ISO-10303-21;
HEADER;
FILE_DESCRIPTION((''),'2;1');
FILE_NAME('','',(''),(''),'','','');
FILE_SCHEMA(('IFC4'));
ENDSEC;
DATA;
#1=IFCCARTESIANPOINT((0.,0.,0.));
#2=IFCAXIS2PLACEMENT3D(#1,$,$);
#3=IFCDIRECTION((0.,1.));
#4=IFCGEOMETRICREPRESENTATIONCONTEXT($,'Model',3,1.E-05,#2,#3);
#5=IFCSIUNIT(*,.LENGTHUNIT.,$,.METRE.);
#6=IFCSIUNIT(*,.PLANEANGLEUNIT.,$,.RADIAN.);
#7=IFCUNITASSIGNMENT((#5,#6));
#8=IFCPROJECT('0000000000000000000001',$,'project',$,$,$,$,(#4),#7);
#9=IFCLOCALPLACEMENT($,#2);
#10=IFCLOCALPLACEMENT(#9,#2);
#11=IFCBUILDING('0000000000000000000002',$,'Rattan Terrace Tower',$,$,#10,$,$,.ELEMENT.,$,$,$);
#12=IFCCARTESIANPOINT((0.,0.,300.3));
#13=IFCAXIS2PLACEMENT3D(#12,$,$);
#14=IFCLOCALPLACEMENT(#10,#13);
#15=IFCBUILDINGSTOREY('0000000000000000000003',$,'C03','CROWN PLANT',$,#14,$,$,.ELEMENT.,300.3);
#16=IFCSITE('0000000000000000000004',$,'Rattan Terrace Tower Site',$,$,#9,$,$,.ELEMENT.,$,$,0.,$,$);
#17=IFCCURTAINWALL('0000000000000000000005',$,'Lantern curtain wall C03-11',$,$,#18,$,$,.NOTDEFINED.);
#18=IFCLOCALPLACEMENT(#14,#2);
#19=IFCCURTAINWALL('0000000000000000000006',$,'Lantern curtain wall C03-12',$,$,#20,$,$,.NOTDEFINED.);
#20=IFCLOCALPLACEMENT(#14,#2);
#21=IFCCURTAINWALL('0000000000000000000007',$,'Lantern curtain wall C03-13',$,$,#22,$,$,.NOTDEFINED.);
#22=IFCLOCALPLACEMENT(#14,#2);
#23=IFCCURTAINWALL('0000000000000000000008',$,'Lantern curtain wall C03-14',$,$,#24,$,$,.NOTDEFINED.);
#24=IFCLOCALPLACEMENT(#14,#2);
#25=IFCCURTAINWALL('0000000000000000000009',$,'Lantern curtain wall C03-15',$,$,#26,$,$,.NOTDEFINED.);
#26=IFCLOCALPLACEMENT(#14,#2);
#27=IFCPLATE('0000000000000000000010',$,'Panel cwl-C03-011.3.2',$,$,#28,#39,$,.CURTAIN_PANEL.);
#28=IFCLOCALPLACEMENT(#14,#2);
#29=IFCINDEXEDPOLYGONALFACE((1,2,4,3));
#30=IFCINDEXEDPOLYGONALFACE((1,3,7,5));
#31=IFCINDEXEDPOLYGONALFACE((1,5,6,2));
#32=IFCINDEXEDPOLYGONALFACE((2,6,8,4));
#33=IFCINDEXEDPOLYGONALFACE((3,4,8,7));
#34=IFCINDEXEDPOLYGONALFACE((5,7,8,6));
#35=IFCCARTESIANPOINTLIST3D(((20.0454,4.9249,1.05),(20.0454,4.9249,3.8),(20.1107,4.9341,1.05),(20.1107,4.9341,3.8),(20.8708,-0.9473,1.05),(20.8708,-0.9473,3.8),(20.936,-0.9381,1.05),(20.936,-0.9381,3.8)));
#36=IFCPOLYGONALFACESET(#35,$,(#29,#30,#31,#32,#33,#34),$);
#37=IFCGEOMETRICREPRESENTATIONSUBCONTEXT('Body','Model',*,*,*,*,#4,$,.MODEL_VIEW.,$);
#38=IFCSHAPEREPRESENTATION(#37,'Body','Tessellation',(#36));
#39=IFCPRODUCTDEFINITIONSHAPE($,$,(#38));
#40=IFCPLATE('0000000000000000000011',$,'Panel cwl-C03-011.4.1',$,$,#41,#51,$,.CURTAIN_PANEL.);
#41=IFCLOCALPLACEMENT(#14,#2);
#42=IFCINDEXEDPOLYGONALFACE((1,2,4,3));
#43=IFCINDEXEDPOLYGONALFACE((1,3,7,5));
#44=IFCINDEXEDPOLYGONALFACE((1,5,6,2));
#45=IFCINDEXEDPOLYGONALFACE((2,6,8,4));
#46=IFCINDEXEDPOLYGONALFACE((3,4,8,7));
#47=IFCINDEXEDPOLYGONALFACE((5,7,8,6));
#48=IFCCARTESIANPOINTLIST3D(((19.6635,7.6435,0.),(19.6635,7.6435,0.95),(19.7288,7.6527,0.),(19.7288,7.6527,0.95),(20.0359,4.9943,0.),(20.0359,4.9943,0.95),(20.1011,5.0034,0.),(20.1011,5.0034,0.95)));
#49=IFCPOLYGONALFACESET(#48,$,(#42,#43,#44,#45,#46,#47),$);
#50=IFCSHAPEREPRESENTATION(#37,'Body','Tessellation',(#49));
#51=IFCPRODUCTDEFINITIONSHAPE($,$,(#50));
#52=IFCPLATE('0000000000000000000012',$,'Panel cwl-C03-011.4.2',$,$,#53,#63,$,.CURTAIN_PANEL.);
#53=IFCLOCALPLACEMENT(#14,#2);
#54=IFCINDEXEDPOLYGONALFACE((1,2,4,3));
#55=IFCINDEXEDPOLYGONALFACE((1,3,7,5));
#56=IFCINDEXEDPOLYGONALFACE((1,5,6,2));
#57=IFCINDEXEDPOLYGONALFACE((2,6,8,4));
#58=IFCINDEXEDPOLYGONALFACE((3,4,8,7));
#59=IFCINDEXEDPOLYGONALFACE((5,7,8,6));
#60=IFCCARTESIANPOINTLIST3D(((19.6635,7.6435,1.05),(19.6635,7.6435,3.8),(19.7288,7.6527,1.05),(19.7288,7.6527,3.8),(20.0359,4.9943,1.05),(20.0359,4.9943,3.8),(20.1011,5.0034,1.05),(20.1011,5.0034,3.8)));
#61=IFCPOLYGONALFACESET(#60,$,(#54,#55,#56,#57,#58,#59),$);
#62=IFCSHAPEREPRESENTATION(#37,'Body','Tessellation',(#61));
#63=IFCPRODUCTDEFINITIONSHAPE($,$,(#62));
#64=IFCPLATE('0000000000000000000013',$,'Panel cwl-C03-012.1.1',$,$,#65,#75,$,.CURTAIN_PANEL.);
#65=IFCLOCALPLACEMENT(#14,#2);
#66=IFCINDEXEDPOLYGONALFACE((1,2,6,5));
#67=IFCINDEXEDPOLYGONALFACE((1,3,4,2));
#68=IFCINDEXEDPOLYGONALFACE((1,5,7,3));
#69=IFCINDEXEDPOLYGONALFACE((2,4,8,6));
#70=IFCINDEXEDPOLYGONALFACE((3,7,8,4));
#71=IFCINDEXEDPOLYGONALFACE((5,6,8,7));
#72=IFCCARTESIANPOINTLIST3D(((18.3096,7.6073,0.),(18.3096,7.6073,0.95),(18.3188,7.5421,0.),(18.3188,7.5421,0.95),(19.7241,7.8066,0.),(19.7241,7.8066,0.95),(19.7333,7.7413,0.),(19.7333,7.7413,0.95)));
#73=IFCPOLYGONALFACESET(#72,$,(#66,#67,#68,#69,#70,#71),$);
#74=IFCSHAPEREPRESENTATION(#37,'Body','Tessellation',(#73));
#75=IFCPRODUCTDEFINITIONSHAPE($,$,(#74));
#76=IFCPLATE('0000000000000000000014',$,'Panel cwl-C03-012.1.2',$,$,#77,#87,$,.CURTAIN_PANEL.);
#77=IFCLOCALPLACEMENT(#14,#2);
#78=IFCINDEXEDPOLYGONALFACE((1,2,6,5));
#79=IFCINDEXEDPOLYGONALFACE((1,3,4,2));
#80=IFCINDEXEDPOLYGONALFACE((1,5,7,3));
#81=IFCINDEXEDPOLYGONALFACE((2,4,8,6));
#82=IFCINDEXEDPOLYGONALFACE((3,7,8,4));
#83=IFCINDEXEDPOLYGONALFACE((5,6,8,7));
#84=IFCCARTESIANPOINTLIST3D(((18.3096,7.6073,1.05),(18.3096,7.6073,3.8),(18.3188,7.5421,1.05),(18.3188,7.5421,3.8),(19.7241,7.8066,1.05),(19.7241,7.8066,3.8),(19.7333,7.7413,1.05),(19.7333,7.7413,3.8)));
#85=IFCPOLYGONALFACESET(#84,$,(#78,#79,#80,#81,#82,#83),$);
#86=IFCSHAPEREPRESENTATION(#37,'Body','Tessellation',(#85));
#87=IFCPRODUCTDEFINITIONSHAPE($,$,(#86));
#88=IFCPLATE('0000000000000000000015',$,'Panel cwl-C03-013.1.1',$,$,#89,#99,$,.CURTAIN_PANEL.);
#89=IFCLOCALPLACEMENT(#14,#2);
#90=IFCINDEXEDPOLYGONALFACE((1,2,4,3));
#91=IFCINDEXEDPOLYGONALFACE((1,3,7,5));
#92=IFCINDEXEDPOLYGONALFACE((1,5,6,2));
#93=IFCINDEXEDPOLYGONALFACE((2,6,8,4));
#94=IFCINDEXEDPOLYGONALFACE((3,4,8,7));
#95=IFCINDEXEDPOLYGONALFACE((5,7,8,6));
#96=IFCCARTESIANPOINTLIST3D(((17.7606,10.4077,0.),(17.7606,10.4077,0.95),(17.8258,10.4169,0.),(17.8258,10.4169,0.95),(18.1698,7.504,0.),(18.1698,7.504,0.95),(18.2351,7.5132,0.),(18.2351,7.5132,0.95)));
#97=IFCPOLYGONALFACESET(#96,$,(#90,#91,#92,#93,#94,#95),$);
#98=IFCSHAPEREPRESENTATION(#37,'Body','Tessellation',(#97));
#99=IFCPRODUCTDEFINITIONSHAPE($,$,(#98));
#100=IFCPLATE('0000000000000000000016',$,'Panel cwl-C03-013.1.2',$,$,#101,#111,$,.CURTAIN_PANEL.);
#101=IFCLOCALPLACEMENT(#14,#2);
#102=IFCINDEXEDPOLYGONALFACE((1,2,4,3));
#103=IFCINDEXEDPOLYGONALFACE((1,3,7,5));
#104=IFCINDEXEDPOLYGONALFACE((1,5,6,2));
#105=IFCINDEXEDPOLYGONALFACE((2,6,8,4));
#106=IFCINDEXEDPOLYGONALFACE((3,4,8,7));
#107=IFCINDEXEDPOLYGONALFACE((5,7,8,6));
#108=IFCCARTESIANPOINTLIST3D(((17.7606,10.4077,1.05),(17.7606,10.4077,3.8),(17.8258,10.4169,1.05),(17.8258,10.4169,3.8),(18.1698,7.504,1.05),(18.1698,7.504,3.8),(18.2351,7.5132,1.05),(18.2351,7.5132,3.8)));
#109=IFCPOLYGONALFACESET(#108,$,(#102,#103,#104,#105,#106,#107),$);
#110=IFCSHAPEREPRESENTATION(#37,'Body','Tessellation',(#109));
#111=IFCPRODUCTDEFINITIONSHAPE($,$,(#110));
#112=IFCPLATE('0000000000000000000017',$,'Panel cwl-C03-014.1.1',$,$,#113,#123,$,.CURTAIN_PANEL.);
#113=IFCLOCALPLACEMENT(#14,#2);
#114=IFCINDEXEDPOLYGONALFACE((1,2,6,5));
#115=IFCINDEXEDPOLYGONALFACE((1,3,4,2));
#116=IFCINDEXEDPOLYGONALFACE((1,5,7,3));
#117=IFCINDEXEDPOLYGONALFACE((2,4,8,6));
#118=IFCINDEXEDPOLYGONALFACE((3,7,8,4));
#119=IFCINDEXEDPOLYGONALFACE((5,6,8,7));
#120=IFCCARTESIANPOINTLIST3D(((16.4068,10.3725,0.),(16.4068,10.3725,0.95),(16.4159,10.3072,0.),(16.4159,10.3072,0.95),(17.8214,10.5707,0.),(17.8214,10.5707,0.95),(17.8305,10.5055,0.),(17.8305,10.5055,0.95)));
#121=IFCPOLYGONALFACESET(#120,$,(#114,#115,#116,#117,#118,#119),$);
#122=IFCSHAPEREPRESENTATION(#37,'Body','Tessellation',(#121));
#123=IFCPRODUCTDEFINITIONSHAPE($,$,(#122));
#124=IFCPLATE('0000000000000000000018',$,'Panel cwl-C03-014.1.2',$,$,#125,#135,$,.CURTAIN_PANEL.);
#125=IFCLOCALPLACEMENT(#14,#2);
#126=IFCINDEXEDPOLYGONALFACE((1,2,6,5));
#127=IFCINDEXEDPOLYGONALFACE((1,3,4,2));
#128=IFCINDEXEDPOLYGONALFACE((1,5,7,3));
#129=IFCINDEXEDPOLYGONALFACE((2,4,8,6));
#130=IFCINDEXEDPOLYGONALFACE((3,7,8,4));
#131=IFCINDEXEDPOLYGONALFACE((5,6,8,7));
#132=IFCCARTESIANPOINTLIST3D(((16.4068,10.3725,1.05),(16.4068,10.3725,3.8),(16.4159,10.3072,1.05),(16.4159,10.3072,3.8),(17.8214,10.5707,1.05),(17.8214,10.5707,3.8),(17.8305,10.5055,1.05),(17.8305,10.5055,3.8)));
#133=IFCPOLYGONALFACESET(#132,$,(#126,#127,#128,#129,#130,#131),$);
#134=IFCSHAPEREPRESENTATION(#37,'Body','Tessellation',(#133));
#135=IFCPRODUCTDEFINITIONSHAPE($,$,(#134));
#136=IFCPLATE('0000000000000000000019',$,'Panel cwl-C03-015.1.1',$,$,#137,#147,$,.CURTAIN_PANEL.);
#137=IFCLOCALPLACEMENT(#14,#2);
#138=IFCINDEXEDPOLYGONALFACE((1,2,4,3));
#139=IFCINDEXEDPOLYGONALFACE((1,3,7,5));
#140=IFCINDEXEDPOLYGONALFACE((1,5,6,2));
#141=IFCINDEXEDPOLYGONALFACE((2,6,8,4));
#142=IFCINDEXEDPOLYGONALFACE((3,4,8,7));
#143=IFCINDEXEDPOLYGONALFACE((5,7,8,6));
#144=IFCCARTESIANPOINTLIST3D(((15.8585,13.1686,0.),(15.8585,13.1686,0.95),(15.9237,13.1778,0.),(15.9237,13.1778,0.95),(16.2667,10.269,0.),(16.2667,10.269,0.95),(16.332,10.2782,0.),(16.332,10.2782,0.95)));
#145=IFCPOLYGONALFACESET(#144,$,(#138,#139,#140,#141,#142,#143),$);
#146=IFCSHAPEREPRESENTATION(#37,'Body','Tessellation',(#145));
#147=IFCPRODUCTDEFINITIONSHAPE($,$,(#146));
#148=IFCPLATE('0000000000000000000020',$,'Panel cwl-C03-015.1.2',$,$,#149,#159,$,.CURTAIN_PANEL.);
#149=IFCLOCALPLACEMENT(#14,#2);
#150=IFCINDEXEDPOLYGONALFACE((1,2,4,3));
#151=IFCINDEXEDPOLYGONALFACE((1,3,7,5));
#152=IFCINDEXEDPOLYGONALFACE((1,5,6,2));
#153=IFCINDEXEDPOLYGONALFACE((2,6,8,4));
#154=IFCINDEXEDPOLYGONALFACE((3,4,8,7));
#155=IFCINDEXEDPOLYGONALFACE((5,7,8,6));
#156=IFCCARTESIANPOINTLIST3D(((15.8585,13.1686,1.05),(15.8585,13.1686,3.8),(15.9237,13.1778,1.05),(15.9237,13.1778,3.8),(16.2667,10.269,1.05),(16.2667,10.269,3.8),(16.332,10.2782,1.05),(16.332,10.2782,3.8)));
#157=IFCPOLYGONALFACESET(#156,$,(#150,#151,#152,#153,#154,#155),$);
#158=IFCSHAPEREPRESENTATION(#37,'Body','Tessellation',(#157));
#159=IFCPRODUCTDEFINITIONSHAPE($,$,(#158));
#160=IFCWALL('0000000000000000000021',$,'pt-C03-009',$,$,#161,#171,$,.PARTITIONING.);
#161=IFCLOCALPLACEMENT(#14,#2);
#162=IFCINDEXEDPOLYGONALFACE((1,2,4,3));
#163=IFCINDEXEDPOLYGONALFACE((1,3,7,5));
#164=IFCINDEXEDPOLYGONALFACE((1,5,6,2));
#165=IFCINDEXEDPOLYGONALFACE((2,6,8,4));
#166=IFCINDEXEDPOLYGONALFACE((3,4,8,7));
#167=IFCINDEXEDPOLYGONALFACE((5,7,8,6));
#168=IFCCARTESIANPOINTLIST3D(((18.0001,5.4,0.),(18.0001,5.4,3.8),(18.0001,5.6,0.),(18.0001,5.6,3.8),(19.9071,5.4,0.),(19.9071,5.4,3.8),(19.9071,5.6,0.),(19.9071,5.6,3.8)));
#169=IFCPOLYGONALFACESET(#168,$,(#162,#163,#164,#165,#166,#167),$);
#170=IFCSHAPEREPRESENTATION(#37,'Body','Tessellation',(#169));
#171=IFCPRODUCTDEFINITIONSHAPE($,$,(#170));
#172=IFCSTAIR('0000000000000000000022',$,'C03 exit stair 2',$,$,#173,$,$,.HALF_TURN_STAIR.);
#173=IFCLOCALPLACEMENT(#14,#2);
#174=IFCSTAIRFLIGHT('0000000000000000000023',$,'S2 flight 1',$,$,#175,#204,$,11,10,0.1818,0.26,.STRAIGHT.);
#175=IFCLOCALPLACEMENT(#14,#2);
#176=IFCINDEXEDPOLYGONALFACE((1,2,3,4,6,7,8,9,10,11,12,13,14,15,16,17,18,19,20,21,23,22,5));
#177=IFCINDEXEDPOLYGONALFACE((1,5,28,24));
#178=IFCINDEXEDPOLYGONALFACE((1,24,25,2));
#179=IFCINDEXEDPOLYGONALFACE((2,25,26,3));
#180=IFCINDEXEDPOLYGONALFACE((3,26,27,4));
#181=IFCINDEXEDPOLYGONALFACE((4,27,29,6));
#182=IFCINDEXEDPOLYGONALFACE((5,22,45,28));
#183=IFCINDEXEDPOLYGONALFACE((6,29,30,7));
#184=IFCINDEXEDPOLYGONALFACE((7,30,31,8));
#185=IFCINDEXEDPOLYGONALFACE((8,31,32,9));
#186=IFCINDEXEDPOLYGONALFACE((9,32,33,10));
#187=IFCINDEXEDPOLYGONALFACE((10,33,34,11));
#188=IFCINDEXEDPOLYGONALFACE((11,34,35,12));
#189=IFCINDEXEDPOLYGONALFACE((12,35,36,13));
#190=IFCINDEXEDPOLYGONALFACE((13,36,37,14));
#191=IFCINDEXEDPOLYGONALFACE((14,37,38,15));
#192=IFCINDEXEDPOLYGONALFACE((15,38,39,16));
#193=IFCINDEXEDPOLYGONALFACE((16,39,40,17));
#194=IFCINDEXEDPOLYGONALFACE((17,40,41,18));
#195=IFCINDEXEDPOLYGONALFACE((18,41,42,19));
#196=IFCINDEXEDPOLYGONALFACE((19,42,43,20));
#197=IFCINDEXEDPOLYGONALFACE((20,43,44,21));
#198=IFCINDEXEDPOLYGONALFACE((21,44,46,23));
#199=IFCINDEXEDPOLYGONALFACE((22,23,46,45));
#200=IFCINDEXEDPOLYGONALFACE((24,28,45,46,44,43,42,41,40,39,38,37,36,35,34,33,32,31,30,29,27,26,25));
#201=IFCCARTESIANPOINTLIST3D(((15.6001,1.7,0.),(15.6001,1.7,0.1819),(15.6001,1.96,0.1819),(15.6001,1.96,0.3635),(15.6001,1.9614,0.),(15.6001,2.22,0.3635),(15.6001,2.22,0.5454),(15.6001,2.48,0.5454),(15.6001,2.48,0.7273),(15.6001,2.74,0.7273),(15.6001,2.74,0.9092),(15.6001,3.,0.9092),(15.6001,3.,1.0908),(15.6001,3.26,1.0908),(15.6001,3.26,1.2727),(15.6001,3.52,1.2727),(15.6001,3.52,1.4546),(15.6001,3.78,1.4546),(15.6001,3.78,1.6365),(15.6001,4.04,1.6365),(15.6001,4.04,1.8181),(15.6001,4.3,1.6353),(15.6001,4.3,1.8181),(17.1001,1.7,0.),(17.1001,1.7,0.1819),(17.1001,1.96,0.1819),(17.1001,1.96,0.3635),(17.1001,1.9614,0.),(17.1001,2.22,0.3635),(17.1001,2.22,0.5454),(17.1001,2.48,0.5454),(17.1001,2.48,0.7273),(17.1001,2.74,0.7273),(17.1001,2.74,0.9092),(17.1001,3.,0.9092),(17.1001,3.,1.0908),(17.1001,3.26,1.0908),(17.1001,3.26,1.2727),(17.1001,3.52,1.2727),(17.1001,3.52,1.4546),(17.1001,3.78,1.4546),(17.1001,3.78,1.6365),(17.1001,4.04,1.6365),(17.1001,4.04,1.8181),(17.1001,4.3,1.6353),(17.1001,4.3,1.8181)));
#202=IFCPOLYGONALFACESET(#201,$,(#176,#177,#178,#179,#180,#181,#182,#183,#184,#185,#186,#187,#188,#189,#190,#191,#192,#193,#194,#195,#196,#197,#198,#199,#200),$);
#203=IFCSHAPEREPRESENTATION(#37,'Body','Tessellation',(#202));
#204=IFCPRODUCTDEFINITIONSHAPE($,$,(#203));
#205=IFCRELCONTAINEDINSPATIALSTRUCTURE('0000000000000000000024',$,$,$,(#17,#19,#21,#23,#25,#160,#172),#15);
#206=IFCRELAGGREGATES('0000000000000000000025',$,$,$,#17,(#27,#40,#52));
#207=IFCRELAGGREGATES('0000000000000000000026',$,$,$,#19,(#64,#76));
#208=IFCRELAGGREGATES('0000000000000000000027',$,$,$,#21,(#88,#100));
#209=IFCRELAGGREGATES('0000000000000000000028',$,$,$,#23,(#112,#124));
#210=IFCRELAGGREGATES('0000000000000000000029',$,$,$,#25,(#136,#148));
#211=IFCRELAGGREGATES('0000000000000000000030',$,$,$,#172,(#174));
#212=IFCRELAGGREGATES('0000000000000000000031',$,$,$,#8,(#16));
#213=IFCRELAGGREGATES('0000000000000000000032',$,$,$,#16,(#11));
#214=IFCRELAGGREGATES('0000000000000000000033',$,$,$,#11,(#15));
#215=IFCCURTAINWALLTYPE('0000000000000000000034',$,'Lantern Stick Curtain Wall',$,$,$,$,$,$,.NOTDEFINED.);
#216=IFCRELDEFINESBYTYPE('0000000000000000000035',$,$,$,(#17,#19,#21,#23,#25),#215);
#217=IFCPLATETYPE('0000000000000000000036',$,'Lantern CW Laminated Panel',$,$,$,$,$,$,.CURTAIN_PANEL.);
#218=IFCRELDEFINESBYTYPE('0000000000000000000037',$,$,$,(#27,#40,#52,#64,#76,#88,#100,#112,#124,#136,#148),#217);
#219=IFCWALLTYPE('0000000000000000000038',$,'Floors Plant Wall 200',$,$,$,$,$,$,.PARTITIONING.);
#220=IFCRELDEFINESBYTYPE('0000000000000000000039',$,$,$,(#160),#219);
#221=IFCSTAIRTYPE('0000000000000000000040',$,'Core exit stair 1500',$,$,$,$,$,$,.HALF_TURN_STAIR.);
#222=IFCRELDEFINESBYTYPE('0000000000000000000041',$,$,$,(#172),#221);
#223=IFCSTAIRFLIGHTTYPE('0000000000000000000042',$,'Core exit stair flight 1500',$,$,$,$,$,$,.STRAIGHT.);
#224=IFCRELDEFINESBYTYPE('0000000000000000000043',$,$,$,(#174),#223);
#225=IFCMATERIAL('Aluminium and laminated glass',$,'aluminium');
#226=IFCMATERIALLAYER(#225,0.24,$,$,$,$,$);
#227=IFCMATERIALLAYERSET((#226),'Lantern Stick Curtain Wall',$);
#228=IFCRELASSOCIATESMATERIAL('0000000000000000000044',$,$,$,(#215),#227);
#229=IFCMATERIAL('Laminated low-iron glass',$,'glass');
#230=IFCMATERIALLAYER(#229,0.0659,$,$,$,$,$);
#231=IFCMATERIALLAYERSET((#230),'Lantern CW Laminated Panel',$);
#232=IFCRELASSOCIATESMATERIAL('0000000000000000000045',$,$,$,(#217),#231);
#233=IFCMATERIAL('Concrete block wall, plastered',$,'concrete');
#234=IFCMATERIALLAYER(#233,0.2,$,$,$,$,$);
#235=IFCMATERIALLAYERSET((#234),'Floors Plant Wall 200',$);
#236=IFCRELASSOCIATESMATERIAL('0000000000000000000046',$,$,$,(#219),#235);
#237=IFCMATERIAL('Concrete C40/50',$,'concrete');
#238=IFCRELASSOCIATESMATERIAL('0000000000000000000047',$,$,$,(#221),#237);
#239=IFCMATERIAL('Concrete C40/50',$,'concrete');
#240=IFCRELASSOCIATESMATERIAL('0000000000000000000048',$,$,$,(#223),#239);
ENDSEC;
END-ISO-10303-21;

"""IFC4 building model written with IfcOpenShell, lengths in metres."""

from ifc_helpers import new_model, si_unit, direction, frame, frame_2d, origin, origin_2d, place, context, subcontext, project, spatial, polyline, rectangle, outline, extrude, material, layer, layer_set, type_object, element, aggregate, save


model = new_model("IFC4")

# Units and contexts
model_context = context("Model", 3, precision=1e-05, world=origin(), true_north=direction((0.0, 1.0)))
body_context = subcontext(model_context, "Body", "Model", "MODEL_VIEW")
ifc_project = project(units=[si_unit("LENGTHUNIT", "METRE"), si_unit("PLANEANGLEUNIT", "RADIAN")], contexts=[model_context])

# Site, building, storey
site_placement = place(None, origin())
site = spatial("IfcSite", under=ifc_project, at=site_placement, Name="Rattan Terrace Tower Site", CompositionType="ELEMENT", RefElevation=0.0)
building_placement = place(site_placement, origin())
building = spatial("IfcBuilding", under=site, at=building_placement, Name="Rattan Terrace Tower", CompositionType="ELEMENT")
storey_placement = place(building_placement, frame((0.0, 0.0, 300.3)))
storey = spatial("IfcBuildingStorey", under=building, at=storey_placement, Name="C03", Description="CROWN PLANT", CompositionType="ELEMENT", Elevation=300.3)

# Curtain walls
ifc_material_1 = material(Name="Aluminium and laminated glass", Category="aluminium")
ifc_layer_1 = layer(ifc_material_1, 0.24)
ifc_layer_set_1 = layer_set([ifc_layer_1], Name="Lantern Stick Curtain Wall")
curtain_wall_type = type_object("IfcCurtainWallType", Name="Lantern Stick Curtain Wall", PredefinedType="NOTDEFINED", material=ifc_layer_set_1)
curtain_wall_1_placement = place(storey_placement, origin())
curtain_wall_1 = element("IfcCurtainWall", 1, at=curtain_wall_1_placement, inside=storey, type_object=curtain_wall_type, Name="Lantern curtain wall C03-11", PredefinedType="NOTDEFINED")
curtain_wall_2_placement = place(storey_placement, origin())
curtain_wall_2 = element("IfcCurtainWall", 2, at=curtain_wall_2_placement, inside=storey, type_object=curtain_wall_type, Name="Lantern curtain wall C03-12", PredefinedType="NOTDEFINED")
curtain_wall_3_placement = place(storey_placement, origin())
curtain_wall_3 = element("IfcCurtainWall", 3, at=curtain_wall_3_placement, inside=storey, type_object=curtain_wall_type, Name="Lantern curtain wall C03-13", PredefinedType="NOTDEFINED")
curtain_wall_4_placement = place(storey_placement, origin())
curtain_wall_4 = element("IfcCurtainWall", 4, at=curtain_wall_4_placement, inside=storey, type_object=curtain_wall_type, Name="Lantern curtain wall C03-14", PredefinedType="NOTDEFINED")
curtain_wall_5_placement = place(storey_placement, origin())
curtain_wall_5 = element("IfcCurtainWall", 5, at=curtain_wall_5_placement, inside=storey, type_object=curtain_wall_type, Name="Lantern curtain wall C03-15", PredefinedType="NOTDEFINED")

# Plates
ifc_material_2 = material(Name="Laminated low-iron glass", Category="glass")
ifc_layer_2 = layer(ifc_material_2, 0.0659)
ifc_layer_set_2 = layer_set([ifc_layer_2], Name="Lantern CW Laminated Panel")
plate_type = type_object("IfcPlateType", Name="Lantern CW Laminated Panel", PredefinedType="CURTAIN_PANEL", material=ifc_layer_set_2)
plate_1_placement = place(storey_placement, frame((20.4907, 1.9934, 1.05), z_axis=(0.0, 0.0, 1.0), x_axis=(-0.139188, 0.990266, 0.0)))
plate_1 = element("IfcPlate", 6, at=plate_1_placement, type_object=plate_type, Name="Panel cwl-C03-011.3.2", PredefinedType="CURTAIN_PANEL", context=body_context, shape_type="SweptSolid", body=[
    extrude(rectangle(XDim=5.9299, YDim=0.0659, at=origin_2d()), origin(), (0.0, 0.0, 1.0), 2.75),
])
plate_2_placement = place(storey_placement, frame((19.8823, 6.3235, 0.0), z_axis=(0.0, 0.0, 1.0), x_axis=(-0.139188, 0.990266, 0.0)))
plate_2 = element("IfcPlate", 7, at=plate_2_placement, type_object=plate_type, Name="Panel cwl-C03-011.4.1", PredefinedType="CURTAIN_PANEL", context=body_context, shape_type="SweptSolid", body=[
    extrude(rectangle(XDim=2.6753, YDim=0.0659, at=origin_2d()), origin(), (0.0, 0.0, 1.0), 0.95),
])
plate_3_placement = place(storey_placement, frame((19.8823, 6.3235, 1.05), z_axis=(0.0, 0.0, 1.0), x_axis=(-0.139188, 0.990266, 0.0)))
plate_3 = element("IfcPlate", 8, at=plate_3_placement, type_object=plate_type, Name="Panel cwl-C03-011.4.2", PredefinedType="CURTAIN_PANEL", context=body_context, shape_type="SweptSolid", body=[
    extrude(rectangle(XDim=2.6753, YDim=0.0659, at=origin_2d()), origin(), (0.0, 0.0, 1.0), 2.75),
])
aggregate(curtain_wall_1, [plate_1, plate_2, plate_3])
plate_4_placement = place(storey_placement, frame((19.0215, 7.6743, 0.0), z_axis=(0.0, 0.0, 1.0), x_axis=(-0.990228, -0.139459, 0.0)))
plate_4 = element("IfcPlate", 9, at=plate_4_placement, type_object=plate_type, Name="Panel cwl-C03-012.1.1", PredefinedType="CURTAIN_PANEL", context=body_context, shape_type="SweptSolid", body=[
    extrude(rectangle(XDim=1.4285, YDim=0.0659, at=origin_2d()), origin(), (0.0, 0.0, 1.0), 0.95),
])
plate_5_placement = place(storey_placement, frame((19.0215, 7.6743, 1.05), z_axis=(0.0, 0.0, 1.0), x_axis=(-0.990228, -0.139459, 0.0)))
plate_5 = element("IfcPlate", 10, at=plate_5_placement, type_object=plate_type, Name="Panel cwl-C03-012.1.2", PredefinedType="CURTAIN_PANEL", context=body_context, shape_type="SweptSolid", body=[
    extrude(rectangle(XDim=1.4285, YDim=0.0659, at=origin_2d()), origin(), (0.0, 0.0, 1.0), 2.75),
])
aggregate(curtain_wall_2, [plate_4, plate_5])
plate_6_placement = place(storey_placement, frame((17.9978, 8.9604, 0.0), z_axis=(0.0, 0.0, 1.0), x_axis=(-0.139556, 0.990214, 0.0)))
plate_6 = element("IfcPlate", 11, at=plate_6_placement, type_object=plate_type, Name="Panel cwl-C03-013.1.1", PredefinedType="CURTAIN_PANEL", context=body_context, shape_type="SweptSolid", body=[
    extrude(rectangle(XDim=2.9324, YDim=0.0659, at=origin_2d()), origin(), (0.0, 0.0, 1.0), 0.95),
])
plate_7_placement = place(storey_placement, frame((17.9978, 8.9604, 1.05), z_axis=(0.0, 0.0, 1.0), x_axis=(-0.139556, 0.990214, 0.0)))
plate_7 = element("IfcPlate", 12, at=plate_7_placement, type_object=plate_type, Name="Panel cwl-C03-013.1.2", PredefinedType="CURTAIN_PANEL", context=body_context, shape_type="SweptSolid", body=[
    extrude(rectangle(XDim=2.9324, YDim=0.0659, at=origin_2d()), origin(), (0.0, 0.0, 1.0), 2.75),
])
aggregate(curtain_wall_3, [plate_6, plate_7])
plate_8_placement = place(storey_placement, frame((17.1187, 10.439, 0.0), z_axis=(0.0, 0.0, 1.0), x_axis=(-0.99032, -0.138805, 0.0)))
plate_8 = element("IfcPlate", 13, at=plate_8_placement, type_object=plate_type, Name="Panel cwl-C03-014.1.1", PredefinedType="CURTAIN_PANEL", context=body_context, shape_type="SweptSolid", body=[
    extrude(rectangle(XDim=1.4285, YDim=0.0659, at=origin_2d()), origin(), (0.0, 0.0, 1.0), 0.95),
])
plate_9_placement = place(storey_placement, frame((17.1187, 10.439, 1.05), z_axis=(0.0, 0.0, 1.0), x_axis=(-0.99032, -0.138805, 0.0)))
plate_9 = element("IfcPlate", 14, at=plate_9_placement, type_object=plate_type, Name="Panel cwl-C03-014.1.2", PredefinedType="CURTAIN_PANEL", context=body_context, shape_type="SweptSolid", body=[
    extrude(rectangle(XDim=1.4285, YDim=0.0659, at=origin_2d()), origin(), (0.0, 0.0, 1.0), 2.75),
])
aggregate(curtain_wall_4, [plate_8, plate_9])
plate_10_placement = place(storey_placement, frame((16.0952, 11.7234, 0.0), z_axis=(0.0, 0.0, 1.0), x_axis=(-0.139413, 0.990234, 0.0)))
plate_10 = element("IfcPlate", 15, at=plate_10_placement, type_object=plate_type, Name="Panel cwl-C03-015.1.1", PredefinedType="CURTAIN_PANEL", context=body_context, shape_type="SweptSolid", body=[
    extrude(rectangle(XDim=2.9282, YDim=0.0659, at=origin_2d()), origin(), (0.0, 0.0, 1.0), 0.95),
])
plate_11_placement = place(storey_placement, frame((16.0952, 11.7234, 1.05), z_axis=(0.0, 0.0, 1.0), x_axis=(-0.139413, 0.990234, 0.0)))
plate_11 = element("IfcPlate", 16, at=plate_11_placement, type_object=plate_type, Name="Panel cwl-C03-015.1.2", PredefinedType="CURTAIN_PANEL", context=body_context, shape_type="SweptSolid", body=[
    extrude(rectangle(XDim=2.9282, YDim=0.0659, at=origin_2d()), origin(), (0.0, 0.0, 1.0), 2.75),
])
aggregate(curtain_wall_5, [plate_10, plate_11])

# Wall
ifc_material_3 = material(Name="Concrete block wall, plastered", Category="concrete")
ifc_layer_3 = layer(ifc_material_3, 0.2)
ifc_layer_set_3 = layer_set([ifc_layer_3], Name="Floors Plant Wall 200")
wall_type = type_object("IfcWallType", Name="Floors Plant Wall 200", PredefinedType="PARTITIONING", material=ifc_layer_set_3)
wall_placement = place(storey_placement, frame((18.0, 5.5, 0.0), z_axis=(0.0, 0.0, 1.0), x_axis=(1.0, 0.0, 0.0)))
element("IfcWall", 17, at=wall_placement, inside=storey, type_object=wall_type, Name="pt-C03-009", PredefinedType="PARTITIONING", context=body_context, shape_type="SweptSolid", body=[
    extrude(rectangle(XDim=1.907, YDim=0.2, at=frame_2d((0.9536, 0.0))), origin(), (0.0, 0.0, 1.0), 3.8),
])

# Stair, stair flight
ifc_material_4 = material(Name="Concrete C40/50", Category="concrete")
stair_type = type_object("IfcStairType", Name="Core exit stair 1500", PredefinedType="HALF_TURN_STAIR", material=ifc_material_4)
stair_placement = place(storey_placement, origin())
stair = element("IfcStair", 18, at=stair_placement, inside=storey, type_object=stair_type, Name="C03 exit stair 2", PredefinedType="HALF_TURN_STAIR")
ifc_material_5 = material(Name="Concrete C40/50", Category="concrete")
stair_flight_type = type_object("IfcStairFlightType", Name="Core exit stair flight 1500", PredefinedType="STRAIGHT", material=ifc_material_5)
stair_flight_placement = place(storey_placement, frame((16.3501, 1.7, 0.0), z_axis=(0.0, 0.0, 1.0), x_axis=(0.0, 1.0, 0.0)))
stair_flight = element("IfcStairFlight", 19, at=stair_flight_placement, type_object=stair_flight_type, Name="S2 flight 1", NumberOfRisers=11, NumberOfTreads=10, PredefinedType="STRAIGHT", RiserHeight=0.1818, TreadLength=0.26, context=body_context, shape_type="SweptSolid", body=[
    extrude(outline(polyline([(0.0, 0.0), (0.0, 0.1819), (0.26, 0.1819), (0.26, 0.3635), (0.52, 0.3635), (0.52, 0.5454), (0.78, 0.5454), (0.78, 0.7273), (1.04, 0.7273), (1.04, 0.9092), (1.3, 0.9092), (1.3, 1.0908), (1.5601, 1.0908), (1.5601, 1.2727), (1.8201, 1.2727), (1.8201, 1.4546), (2.0801, 1.4546), (2.0801, 1.6365), (2.3401, 1.6365), (2.3401, 1.8181), (2.6001, 1.8181), (2.6001, 2.0), (2.6001, 1.6353), (0.2615, 0.0), (0.0, 0.0)])), frame((0.0, 0.75, 0.0), z_axis=(0.0, -1.0, 0.0), x_axis=(1.0, 0.0, 0.0)), (0.0, 0.0, 1.0), 1.5),
])
aggregate(stair, [stair_flight])

save(model, "model.ifc")
